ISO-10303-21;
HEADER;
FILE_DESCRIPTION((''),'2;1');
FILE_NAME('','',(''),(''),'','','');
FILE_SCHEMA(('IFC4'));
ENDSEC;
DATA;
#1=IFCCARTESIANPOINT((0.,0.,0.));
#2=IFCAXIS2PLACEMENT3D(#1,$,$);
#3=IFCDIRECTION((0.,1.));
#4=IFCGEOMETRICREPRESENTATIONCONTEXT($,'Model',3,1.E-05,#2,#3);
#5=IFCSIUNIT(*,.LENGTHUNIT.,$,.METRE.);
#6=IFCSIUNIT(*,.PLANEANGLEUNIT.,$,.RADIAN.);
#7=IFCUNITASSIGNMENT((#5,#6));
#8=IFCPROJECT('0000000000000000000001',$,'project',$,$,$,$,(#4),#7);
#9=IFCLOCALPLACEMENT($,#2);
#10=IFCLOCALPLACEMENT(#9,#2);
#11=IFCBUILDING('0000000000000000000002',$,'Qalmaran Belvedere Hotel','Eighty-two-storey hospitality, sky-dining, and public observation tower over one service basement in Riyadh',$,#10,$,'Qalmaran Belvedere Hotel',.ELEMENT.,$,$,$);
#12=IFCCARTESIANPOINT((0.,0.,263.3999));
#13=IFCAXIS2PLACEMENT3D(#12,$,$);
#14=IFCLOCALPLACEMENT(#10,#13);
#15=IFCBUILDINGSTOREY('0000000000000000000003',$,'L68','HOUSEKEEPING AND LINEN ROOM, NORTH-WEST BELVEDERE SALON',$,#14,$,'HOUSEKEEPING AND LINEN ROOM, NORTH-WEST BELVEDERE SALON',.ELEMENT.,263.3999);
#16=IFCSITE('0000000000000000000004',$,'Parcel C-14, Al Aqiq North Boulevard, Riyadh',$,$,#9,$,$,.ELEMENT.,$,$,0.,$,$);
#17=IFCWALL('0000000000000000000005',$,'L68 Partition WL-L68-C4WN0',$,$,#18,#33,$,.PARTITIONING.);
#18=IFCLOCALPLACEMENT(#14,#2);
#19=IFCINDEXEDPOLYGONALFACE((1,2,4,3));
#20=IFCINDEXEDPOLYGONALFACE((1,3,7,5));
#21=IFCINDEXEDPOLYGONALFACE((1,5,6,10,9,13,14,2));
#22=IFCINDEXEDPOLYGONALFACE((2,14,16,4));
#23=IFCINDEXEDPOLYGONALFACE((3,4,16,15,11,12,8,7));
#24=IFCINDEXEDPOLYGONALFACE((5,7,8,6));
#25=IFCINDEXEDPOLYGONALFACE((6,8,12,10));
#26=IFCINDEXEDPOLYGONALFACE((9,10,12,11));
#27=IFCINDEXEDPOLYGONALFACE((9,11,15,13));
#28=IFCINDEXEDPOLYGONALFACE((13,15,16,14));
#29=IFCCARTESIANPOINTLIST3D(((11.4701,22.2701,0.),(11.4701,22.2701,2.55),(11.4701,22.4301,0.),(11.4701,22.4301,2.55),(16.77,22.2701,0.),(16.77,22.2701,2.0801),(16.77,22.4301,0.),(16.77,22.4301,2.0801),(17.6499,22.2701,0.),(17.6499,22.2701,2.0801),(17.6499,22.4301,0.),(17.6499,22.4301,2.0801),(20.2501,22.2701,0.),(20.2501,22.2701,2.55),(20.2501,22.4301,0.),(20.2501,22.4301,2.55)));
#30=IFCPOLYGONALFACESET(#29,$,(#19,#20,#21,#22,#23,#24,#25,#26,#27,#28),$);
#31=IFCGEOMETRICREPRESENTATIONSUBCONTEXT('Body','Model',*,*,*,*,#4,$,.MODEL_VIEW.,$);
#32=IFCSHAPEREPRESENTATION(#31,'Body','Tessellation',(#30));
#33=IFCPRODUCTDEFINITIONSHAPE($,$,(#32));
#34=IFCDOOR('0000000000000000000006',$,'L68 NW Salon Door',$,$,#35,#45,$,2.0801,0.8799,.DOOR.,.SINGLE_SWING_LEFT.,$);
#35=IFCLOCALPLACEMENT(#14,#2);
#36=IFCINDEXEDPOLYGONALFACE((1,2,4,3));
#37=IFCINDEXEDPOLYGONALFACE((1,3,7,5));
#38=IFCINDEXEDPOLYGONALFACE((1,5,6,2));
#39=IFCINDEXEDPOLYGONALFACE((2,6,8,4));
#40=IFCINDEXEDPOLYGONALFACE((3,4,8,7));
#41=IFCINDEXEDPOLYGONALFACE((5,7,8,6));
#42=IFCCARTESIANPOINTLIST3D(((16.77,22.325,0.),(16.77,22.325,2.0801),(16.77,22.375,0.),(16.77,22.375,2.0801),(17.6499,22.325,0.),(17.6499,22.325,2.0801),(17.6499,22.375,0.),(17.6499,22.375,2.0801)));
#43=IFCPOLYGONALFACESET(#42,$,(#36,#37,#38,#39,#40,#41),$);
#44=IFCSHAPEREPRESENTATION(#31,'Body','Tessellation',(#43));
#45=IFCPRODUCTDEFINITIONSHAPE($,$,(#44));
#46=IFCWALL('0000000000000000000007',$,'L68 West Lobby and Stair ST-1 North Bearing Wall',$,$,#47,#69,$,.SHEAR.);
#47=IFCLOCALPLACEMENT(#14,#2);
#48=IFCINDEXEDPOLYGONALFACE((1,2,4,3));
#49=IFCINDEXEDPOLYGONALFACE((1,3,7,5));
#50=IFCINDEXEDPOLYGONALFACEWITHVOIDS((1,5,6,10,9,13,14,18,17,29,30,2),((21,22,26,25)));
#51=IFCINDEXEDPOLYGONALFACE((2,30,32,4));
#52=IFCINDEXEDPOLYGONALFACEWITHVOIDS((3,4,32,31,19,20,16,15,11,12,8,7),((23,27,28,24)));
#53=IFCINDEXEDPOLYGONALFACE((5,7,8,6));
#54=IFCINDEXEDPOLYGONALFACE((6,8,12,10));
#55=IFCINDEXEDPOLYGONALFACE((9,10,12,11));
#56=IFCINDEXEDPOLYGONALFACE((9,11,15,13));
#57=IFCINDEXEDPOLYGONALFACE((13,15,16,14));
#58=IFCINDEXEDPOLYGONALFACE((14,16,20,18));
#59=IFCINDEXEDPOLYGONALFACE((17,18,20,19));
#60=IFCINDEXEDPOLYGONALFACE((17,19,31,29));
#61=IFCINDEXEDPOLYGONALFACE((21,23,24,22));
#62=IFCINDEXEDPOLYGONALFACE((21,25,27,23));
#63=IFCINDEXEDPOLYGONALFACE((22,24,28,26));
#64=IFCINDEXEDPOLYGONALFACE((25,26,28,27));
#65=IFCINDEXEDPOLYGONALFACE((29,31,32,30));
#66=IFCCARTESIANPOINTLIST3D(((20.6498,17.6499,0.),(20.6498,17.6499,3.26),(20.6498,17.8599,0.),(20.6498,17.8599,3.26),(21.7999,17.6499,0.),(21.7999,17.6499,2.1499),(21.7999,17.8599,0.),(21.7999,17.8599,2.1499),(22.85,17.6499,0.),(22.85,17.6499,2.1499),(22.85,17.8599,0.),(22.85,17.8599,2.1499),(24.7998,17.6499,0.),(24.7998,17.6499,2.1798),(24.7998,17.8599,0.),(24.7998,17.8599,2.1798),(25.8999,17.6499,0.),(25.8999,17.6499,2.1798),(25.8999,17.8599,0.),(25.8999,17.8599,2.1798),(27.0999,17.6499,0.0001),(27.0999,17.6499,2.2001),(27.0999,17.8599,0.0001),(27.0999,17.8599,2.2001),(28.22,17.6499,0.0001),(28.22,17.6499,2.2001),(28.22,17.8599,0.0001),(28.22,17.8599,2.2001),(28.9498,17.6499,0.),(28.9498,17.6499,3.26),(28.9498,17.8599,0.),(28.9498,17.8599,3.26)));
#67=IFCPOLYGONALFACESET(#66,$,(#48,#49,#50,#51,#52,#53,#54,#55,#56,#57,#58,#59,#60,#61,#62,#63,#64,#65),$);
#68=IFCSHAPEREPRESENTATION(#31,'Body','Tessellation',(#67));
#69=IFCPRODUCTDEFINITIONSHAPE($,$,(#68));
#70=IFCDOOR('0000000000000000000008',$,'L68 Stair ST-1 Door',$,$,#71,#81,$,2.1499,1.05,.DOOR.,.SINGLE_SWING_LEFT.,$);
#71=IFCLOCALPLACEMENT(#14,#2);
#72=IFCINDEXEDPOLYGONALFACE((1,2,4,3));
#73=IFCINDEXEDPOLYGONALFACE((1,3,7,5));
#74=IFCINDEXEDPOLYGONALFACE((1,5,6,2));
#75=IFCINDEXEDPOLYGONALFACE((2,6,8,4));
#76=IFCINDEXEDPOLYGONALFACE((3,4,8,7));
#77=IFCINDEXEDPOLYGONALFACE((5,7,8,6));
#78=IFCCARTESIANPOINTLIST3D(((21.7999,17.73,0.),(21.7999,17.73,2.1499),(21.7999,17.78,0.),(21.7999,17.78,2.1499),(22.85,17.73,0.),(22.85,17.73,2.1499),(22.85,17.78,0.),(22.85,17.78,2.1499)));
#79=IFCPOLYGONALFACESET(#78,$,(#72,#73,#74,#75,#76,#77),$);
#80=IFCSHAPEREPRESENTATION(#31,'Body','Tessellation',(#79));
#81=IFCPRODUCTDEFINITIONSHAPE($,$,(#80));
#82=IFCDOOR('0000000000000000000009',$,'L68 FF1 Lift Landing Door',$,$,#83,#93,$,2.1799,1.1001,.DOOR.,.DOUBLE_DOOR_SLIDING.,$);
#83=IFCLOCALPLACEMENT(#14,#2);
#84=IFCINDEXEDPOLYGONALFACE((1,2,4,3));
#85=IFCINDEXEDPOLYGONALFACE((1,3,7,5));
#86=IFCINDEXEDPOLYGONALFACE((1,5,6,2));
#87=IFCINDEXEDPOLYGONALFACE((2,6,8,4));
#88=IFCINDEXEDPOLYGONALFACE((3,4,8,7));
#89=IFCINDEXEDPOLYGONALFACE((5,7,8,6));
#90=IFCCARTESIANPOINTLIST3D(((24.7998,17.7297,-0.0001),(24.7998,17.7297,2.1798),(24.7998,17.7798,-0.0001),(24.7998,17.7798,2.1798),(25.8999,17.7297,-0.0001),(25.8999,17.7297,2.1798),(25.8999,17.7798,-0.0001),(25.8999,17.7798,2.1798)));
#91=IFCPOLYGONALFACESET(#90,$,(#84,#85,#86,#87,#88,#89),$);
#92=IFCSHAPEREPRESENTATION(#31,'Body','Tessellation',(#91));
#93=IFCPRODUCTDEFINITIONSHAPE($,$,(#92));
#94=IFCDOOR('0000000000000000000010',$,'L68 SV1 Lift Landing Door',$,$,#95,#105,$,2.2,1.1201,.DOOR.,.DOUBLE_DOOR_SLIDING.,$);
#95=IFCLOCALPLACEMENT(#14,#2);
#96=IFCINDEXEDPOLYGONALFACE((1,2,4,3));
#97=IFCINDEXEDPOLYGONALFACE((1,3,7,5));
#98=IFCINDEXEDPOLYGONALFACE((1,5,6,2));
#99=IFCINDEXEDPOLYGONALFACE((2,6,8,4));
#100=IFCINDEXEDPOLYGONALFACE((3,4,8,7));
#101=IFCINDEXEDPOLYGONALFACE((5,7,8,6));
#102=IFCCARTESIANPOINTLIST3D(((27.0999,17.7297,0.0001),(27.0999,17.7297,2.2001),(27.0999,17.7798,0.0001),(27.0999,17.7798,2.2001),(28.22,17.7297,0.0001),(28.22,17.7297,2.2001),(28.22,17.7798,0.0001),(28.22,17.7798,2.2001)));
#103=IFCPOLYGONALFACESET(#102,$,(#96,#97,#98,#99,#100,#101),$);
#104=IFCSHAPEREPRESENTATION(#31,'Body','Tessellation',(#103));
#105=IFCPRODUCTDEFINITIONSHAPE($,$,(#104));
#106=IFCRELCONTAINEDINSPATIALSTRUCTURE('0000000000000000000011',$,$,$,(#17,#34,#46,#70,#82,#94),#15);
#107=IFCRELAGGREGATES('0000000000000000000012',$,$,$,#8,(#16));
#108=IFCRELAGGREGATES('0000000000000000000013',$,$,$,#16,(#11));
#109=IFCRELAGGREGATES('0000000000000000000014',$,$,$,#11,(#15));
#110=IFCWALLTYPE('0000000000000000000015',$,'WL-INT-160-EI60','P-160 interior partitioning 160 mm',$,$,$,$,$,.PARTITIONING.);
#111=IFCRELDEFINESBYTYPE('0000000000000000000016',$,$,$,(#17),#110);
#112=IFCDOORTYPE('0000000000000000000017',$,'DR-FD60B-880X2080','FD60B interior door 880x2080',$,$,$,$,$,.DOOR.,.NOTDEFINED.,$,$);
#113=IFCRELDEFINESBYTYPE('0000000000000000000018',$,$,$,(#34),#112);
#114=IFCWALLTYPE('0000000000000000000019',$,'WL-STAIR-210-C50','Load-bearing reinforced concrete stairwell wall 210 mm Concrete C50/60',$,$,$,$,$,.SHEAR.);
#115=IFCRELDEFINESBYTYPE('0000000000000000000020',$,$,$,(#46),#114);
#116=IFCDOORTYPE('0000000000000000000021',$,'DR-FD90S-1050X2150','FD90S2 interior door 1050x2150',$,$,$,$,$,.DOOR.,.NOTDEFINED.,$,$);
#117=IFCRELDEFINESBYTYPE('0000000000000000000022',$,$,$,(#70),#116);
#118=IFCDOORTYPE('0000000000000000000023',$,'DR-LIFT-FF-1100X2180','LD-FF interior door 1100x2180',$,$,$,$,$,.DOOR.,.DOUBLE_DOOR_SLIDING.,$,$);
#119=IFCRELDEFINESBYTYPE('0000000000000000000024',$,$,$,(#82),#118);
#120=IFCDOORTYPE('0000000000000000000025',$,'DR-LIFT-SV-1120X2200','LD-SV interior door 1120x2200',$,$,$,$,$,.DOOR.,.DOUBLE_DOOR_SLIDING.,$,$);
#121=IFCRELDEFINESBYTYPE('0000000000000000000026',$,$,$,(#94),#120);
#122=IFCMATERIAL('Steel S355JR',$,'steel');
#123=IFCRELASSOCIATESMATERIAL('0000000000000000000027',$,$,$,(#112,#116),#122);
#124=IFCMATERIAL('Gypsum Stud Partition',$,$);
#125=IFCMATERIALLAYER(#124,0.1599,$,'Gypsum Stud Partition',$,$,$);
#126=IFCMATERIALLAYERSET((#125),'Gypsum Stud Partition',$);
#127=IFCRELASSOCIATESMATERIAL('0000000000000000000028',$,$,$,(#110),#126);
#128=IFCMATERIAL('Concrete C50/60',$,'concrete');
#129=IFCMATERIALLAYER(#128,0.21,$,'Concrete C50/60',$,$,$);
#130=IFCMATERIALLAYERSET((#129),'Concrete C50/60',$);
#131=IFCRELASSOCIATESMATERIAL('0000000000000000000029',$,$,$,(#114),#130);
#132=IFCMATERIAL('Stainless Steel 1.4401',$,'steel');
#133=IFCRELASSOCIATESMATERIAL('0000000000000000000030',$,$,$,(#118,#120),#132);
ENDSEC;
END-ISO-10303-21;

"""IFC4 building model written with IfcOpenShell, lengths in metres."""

from ifc_helpers import new_model, si_unit, direction, frame, frame_2d, origin, place, context, subcontext, project, spatial, rectangle, extrude, material, layer, layer_set, type_object, element, fill, save


model = new_model("IFC4")

# Units and contexts
model_context = context("Model", 3, precision=1e-05, world=origin(), true_north=direction((0.0, 1.0)))
body_context = subcontext(model_context, "Body", "Model", "MODEL_VIEW")
ifc_project = project(units=[si_unit("LENGTHUNIT", "METRE"), si_unit("PLANEANGLEUNIT", "RADIAN")], contexts=[model_context])

# Site, building, storey
site_placement = place(None, origin())
site = spatial("IfcSite", under=ifc_project, at=site_placement, Name="Parcel C-14, Al Aqiq North Boulevard, Riyadh", CompositionType="ELEMENT", RefElevation=0.0)
building_placement = place(site_placement, origin())
building = spatial("IfcBuilding", under=site, at=building_placement, Name="Qalmaran Belvedere Hotel", Description="Eighty-two-storey hospitality, sky-dining, and public observation tower over one service basement in Riyadh", LongName="Qalmaran Belvedere Hotel", CompositionType="ELEMENT")
storey_placement = place(building_placement, frame((0.0, 0.0, 263.3999)))
storey = spatial("IfcBuildingStorey", under=building, at=storey_placement, Name="L68", Description="HOUSEKEEPING AND LINEN ROOM, NORTH-WEST BELVEDERE SALON", LongName="HOUSEKEEPING AND LINEN ROOM, NORTH-WEST BELVEDERE SALON", CompositionType="ELEMENT", Elevation=263.3999)

# Shared definitions
ifc_material_1 = material(Name="Concrete C50/60", Category="concrete")

# Shared definitions
ifc_material_2 = material(Name="Steel S355JR", Category="steel")

# Shared definitions
ifc_material_3 = material(Name="Gypsum Stud Partition")
door_type_1 = type_object("IfcDoorType", Name="DR-FD60B-880X2080", Description="FD60B interior door 880x2080", OperationType="NOTDEFINED", PredefinedType="DOOR", material=ifc_material_2)

# Shared definitions
ifc_layer_1 = layer(ifc_material_3, 0.1599, Name="Gypsum Stud Partition")
ifc_layer_set_1 = layer_set([ifc_layer_1], Name="Gypsum Stud Partition")
wall_type_1 = type_object("IfcWallType", Name="WL-INT-160-EI60", Description="P-160 interior partitioning 160 mm", PredefinedType="PARTITIONING", material=ifc_layer_set_1)

# Wall, opening, door
wall_1_placement = place(storey_placement, frame((11.47, 22.3501, 0.0), z_axis=(0.0, 0.0, 1.0), x_axis=(1.0, 0.0, 0.0)))
wall_1 = element("IfcWall", 1, at=wall_1_placement, inside=storey, type_object=wall_type_1, Name="L68 Partition WL-L68-C4WN0", PredefinedType="PARTITIONING", context=body_context, shape_type="SweptSolid", body=[
    extrude(rectangle(XDim=8.78, YDim=0.1599, at=frame_2d((4.3901, 0.0))), origin(), (0.0, 0.0, 1.0), 2.55),
])
opening_1_placement = place(wall_1_placement, frame((5.3, 0.0, 0.0)))
opening_1 = element("IfcOpeningElement", 2, at=opening_1_placement, cuts=wall_1, PredefinedType="OPENING", context=body_context, shape_type="SweptSolid", body=[
    extrude(rectangle(XDim=0.8799, YDim=2.0801, at=frame_2d((0.4399, 1.04))), frame((0.0, 0.0898, 0.0), z_axis=(0.0, -1.0, 0.0), x_axis=(1.0, 0.0, 0.0)), (0.0, 0.0, 1.0), 0.1799),
])
door_1_placement = place(opening_1_placement, origin())
door_1 = element("IfcDoor", 3, at=door_1_placement, inside=storey, type_object=door_type_1, Name="L68 NW Salon Door", OperationType="SINGLE_SWING_LEFT", OverallHeight=2.0801, OverallWidth=0.8799, PredefinedType="DOOR", context=body_context, shape_type="SweptSolid", body=[
    extrude(rectangle(XDim=0.8799, YDim=2.0801, at=frame_2d((0.4399, 1.04))), frame((0.0, 0.0249, 0.0), z_axis=(0.0, -1.0, 0.0), x_axis=(1.0, 0.0, 0.0)), (0.0, 0.0, 1.0), 0.05),
])
fill(opening_1, door_1)

# Wall, openings, doors
ifc_layer_2 = layer(ifc_material_1, 0.21, Name="Concrete C50/60")
ifc_layer_set_2 = layer_set([ifc_layer_2], Name="Concrete C50/60")
wall_type_2 = type_object("IfcWallType", Name="WL-STAIR-210-C50", Description="Load-bearing reinforced concrete stairwell wall 210 mm Concrete C50/60", PredefinedType="SHEAR", material=ifc_layer_set_2)
wall_2_placement = place(storey_placement, frame((20.6499, 17.7549, 0.0), z_axis=(0.0, 0.0, 1.0), x_axis=(1.0, 0.0, 0.0)))
wall_2 = element("IfcWall", 4, at=wall_2_placement, inside=storey, type_object=wall_type_2, Name="L68 West Lobby and Stair ST-1 North Bearing Wall", PredefinedType="SHEAR", context=body_context, shape_type="SweptSolid", body=[
    extrude(rectangle(XDim=8.3, YDim=0.21, at=frame_2d((4.1499, 0.0))), origin(), (0.0, 0.0, 1.0), 3.26),
])
opening_2_placement = place(wall_2_placement, frame((2.2, 0.0, 0.0), z_axis=(0.0, 0.0, 1.0), x_axis=(-1.0, 0.0, 0.0)))
opening_2 = element("IfcOpeningElement", 5, at=opening_2_placement, cuts=wall_2, PredefinedType="OPENING", context=body_context, shape_type="SweptSolid", body=[
    extrude(rectangle(XDim=1.05, YDim=2.1499, at=frame_2d((0.5249, 1.075))), frame((0.0, 0.115, 0.0), z_axis=(0.0, -1.0, 0.0), x_axis=(1.0, 0.0, 0.0)), (0.0, 0.0, 1.0), 0.23),
])
opening_3_placement = place(wall_2_placement, frame((4.1499, 0.0, 0.0)))
opening_3 = element("IfcOpeningElement", 6, at=opening_3_placement, cuts=wall_2, PredefinedType="OPENING", context=body_context, shape_type="SweptSolid", body=[
    extrude(rectangle(XDim=1.1001, YDim=2.1799, at=frame_2d((0.55, 1.0898))), frame((0.0, 0.115, 0.0), z_axis=(0.0, -1.0, 0.0), x_axis=(1.0, 0.0, 0.0)), (0.0, 0.0, 1.0), 0.23),
])
opening_4_placement = place(wall_2_placement, frame((6.45, 0.0, 0.0)))
opening_4 = element("IfcOpeningElement", 7, at=opening_4_placement, cuts=wall_2, PredefinedType="OPENING", context=body_context, shape_type="SweptSolid", body=[
    extrude(rectangle(XDim=1.1201, YDim=2.2, at=frame_2d((0.5601, 1.1001))), frame((0.0, 0.115, 0.0), z_axis=(0.0, -1.0, 0.0), x_axis=(1.0, 0.0, 0.0)), (0.0, 0.0, 1.0), 0.23),
])
door_type_2 = type_object("IfcDoorType", Name="DR-FD90S-1050X2150", Description="FD90S2 interior door 1050x2150", OperationType="NOTDEFINED", PredefinedType="DOOR", material=ifc_material_2)
door_2_placement = place(opening_2_placement, origin())
door_2 = element("IfcDoor", 8, at=door_2_placement, inside=storey, type_object=door_type_2, Name="L68 Stair ST-1 Door", OperationType="SINGLE_SWING_LEFT", OverallHeight=2.1499, OverallWidth=1.05, PredefinedType="DOOR", context=body_context, shape_type="SweptSolid", body=[
    extrude(rectangle(XDim=1.05, YDim=2.1499, at=frame_2d((0.5249, 1.075))), frame((0.0, 0.0249, 0.0), z_axis=(0.0, -1.0, 0.0), x_axis=(1.0, 0.0, 0.0)), (0.0, 0.0, 1.0), 0.05),
])
fill(opening_2, door_2)
ifc_material_4 = material(Name="Stainless Steel 1.4401", Category="steel")
door_type_3 = type_object("IfcDoorType", Name="DR-LIFT-FF-1100X2180", Description="LD-FF interior door 1100x2180", OperationType="DOUBLE_DOOR_SLIDING", PredefinedType="DOOR", material=ifc_material_4)
door_3_placement = place(opening_3_placement, origin())
door_3 = element("IfcDoor", 9, at=door_3_placement, inside=storey, type_object=door_type_3, Name="L68 FF1 Lift Landing Door", OperationType="DOUBLE_DOOR_SLIDING", OverallHeight=2.1799, OverallWidth=1.1001, PredefinedType="DOOR", context=body_context, shape_type="SweptSolid", body=[
    extrude(rectangle(XDim=1.1001, YDim=2.1799, at=frame_2d((0.55, 1.0898))), frame((0.0, 0.0249, 0.0), z_axis=(0.0, -1.0, 0.0), x_axis=(1.0, 0.0, 0.0)), (0.0, 0.0, 1.0), 0.05),
])
fill(opening_3, door_3)
door_type_4 = type_object("IfcDoorType", Name="DR-LIFT-SV-1120X2200", Description="LD-SV interior door 1120x2200", OperationType="DOUBLE_DOOR_SLIDING", PredefinedType="DOOR", material=ifc_material_4)
door_4_placement = place(opening_4_placement, origin())
door_4 = element("IfcDoor", 10, at=door_4_placement, inside=storey, type_object=door_type_4, Name="L68 SV1 Lift Landing Door", OperationType="DOUBLE_DOOR_SLIDING", OverallHeight=2.2, OverallWidth=1.1201, PredefinedType="DOOR", context=body_context, shape_type="SweptSolid", body=[
    extrude(rectangle(XDim=1.1201, YDim=2.2, at=frame_2d((0.5601, 1.1001))), frame((0.0, 0.0249, 0.0), z_axis=(0.0, -1.0, 0.0), x_axis=(1.0, 0.0, 0.0)), (0.0, 0.0, 1.0), 0.05),
])
fill(opening_4, door_4)

save(model, "model.ifc")
